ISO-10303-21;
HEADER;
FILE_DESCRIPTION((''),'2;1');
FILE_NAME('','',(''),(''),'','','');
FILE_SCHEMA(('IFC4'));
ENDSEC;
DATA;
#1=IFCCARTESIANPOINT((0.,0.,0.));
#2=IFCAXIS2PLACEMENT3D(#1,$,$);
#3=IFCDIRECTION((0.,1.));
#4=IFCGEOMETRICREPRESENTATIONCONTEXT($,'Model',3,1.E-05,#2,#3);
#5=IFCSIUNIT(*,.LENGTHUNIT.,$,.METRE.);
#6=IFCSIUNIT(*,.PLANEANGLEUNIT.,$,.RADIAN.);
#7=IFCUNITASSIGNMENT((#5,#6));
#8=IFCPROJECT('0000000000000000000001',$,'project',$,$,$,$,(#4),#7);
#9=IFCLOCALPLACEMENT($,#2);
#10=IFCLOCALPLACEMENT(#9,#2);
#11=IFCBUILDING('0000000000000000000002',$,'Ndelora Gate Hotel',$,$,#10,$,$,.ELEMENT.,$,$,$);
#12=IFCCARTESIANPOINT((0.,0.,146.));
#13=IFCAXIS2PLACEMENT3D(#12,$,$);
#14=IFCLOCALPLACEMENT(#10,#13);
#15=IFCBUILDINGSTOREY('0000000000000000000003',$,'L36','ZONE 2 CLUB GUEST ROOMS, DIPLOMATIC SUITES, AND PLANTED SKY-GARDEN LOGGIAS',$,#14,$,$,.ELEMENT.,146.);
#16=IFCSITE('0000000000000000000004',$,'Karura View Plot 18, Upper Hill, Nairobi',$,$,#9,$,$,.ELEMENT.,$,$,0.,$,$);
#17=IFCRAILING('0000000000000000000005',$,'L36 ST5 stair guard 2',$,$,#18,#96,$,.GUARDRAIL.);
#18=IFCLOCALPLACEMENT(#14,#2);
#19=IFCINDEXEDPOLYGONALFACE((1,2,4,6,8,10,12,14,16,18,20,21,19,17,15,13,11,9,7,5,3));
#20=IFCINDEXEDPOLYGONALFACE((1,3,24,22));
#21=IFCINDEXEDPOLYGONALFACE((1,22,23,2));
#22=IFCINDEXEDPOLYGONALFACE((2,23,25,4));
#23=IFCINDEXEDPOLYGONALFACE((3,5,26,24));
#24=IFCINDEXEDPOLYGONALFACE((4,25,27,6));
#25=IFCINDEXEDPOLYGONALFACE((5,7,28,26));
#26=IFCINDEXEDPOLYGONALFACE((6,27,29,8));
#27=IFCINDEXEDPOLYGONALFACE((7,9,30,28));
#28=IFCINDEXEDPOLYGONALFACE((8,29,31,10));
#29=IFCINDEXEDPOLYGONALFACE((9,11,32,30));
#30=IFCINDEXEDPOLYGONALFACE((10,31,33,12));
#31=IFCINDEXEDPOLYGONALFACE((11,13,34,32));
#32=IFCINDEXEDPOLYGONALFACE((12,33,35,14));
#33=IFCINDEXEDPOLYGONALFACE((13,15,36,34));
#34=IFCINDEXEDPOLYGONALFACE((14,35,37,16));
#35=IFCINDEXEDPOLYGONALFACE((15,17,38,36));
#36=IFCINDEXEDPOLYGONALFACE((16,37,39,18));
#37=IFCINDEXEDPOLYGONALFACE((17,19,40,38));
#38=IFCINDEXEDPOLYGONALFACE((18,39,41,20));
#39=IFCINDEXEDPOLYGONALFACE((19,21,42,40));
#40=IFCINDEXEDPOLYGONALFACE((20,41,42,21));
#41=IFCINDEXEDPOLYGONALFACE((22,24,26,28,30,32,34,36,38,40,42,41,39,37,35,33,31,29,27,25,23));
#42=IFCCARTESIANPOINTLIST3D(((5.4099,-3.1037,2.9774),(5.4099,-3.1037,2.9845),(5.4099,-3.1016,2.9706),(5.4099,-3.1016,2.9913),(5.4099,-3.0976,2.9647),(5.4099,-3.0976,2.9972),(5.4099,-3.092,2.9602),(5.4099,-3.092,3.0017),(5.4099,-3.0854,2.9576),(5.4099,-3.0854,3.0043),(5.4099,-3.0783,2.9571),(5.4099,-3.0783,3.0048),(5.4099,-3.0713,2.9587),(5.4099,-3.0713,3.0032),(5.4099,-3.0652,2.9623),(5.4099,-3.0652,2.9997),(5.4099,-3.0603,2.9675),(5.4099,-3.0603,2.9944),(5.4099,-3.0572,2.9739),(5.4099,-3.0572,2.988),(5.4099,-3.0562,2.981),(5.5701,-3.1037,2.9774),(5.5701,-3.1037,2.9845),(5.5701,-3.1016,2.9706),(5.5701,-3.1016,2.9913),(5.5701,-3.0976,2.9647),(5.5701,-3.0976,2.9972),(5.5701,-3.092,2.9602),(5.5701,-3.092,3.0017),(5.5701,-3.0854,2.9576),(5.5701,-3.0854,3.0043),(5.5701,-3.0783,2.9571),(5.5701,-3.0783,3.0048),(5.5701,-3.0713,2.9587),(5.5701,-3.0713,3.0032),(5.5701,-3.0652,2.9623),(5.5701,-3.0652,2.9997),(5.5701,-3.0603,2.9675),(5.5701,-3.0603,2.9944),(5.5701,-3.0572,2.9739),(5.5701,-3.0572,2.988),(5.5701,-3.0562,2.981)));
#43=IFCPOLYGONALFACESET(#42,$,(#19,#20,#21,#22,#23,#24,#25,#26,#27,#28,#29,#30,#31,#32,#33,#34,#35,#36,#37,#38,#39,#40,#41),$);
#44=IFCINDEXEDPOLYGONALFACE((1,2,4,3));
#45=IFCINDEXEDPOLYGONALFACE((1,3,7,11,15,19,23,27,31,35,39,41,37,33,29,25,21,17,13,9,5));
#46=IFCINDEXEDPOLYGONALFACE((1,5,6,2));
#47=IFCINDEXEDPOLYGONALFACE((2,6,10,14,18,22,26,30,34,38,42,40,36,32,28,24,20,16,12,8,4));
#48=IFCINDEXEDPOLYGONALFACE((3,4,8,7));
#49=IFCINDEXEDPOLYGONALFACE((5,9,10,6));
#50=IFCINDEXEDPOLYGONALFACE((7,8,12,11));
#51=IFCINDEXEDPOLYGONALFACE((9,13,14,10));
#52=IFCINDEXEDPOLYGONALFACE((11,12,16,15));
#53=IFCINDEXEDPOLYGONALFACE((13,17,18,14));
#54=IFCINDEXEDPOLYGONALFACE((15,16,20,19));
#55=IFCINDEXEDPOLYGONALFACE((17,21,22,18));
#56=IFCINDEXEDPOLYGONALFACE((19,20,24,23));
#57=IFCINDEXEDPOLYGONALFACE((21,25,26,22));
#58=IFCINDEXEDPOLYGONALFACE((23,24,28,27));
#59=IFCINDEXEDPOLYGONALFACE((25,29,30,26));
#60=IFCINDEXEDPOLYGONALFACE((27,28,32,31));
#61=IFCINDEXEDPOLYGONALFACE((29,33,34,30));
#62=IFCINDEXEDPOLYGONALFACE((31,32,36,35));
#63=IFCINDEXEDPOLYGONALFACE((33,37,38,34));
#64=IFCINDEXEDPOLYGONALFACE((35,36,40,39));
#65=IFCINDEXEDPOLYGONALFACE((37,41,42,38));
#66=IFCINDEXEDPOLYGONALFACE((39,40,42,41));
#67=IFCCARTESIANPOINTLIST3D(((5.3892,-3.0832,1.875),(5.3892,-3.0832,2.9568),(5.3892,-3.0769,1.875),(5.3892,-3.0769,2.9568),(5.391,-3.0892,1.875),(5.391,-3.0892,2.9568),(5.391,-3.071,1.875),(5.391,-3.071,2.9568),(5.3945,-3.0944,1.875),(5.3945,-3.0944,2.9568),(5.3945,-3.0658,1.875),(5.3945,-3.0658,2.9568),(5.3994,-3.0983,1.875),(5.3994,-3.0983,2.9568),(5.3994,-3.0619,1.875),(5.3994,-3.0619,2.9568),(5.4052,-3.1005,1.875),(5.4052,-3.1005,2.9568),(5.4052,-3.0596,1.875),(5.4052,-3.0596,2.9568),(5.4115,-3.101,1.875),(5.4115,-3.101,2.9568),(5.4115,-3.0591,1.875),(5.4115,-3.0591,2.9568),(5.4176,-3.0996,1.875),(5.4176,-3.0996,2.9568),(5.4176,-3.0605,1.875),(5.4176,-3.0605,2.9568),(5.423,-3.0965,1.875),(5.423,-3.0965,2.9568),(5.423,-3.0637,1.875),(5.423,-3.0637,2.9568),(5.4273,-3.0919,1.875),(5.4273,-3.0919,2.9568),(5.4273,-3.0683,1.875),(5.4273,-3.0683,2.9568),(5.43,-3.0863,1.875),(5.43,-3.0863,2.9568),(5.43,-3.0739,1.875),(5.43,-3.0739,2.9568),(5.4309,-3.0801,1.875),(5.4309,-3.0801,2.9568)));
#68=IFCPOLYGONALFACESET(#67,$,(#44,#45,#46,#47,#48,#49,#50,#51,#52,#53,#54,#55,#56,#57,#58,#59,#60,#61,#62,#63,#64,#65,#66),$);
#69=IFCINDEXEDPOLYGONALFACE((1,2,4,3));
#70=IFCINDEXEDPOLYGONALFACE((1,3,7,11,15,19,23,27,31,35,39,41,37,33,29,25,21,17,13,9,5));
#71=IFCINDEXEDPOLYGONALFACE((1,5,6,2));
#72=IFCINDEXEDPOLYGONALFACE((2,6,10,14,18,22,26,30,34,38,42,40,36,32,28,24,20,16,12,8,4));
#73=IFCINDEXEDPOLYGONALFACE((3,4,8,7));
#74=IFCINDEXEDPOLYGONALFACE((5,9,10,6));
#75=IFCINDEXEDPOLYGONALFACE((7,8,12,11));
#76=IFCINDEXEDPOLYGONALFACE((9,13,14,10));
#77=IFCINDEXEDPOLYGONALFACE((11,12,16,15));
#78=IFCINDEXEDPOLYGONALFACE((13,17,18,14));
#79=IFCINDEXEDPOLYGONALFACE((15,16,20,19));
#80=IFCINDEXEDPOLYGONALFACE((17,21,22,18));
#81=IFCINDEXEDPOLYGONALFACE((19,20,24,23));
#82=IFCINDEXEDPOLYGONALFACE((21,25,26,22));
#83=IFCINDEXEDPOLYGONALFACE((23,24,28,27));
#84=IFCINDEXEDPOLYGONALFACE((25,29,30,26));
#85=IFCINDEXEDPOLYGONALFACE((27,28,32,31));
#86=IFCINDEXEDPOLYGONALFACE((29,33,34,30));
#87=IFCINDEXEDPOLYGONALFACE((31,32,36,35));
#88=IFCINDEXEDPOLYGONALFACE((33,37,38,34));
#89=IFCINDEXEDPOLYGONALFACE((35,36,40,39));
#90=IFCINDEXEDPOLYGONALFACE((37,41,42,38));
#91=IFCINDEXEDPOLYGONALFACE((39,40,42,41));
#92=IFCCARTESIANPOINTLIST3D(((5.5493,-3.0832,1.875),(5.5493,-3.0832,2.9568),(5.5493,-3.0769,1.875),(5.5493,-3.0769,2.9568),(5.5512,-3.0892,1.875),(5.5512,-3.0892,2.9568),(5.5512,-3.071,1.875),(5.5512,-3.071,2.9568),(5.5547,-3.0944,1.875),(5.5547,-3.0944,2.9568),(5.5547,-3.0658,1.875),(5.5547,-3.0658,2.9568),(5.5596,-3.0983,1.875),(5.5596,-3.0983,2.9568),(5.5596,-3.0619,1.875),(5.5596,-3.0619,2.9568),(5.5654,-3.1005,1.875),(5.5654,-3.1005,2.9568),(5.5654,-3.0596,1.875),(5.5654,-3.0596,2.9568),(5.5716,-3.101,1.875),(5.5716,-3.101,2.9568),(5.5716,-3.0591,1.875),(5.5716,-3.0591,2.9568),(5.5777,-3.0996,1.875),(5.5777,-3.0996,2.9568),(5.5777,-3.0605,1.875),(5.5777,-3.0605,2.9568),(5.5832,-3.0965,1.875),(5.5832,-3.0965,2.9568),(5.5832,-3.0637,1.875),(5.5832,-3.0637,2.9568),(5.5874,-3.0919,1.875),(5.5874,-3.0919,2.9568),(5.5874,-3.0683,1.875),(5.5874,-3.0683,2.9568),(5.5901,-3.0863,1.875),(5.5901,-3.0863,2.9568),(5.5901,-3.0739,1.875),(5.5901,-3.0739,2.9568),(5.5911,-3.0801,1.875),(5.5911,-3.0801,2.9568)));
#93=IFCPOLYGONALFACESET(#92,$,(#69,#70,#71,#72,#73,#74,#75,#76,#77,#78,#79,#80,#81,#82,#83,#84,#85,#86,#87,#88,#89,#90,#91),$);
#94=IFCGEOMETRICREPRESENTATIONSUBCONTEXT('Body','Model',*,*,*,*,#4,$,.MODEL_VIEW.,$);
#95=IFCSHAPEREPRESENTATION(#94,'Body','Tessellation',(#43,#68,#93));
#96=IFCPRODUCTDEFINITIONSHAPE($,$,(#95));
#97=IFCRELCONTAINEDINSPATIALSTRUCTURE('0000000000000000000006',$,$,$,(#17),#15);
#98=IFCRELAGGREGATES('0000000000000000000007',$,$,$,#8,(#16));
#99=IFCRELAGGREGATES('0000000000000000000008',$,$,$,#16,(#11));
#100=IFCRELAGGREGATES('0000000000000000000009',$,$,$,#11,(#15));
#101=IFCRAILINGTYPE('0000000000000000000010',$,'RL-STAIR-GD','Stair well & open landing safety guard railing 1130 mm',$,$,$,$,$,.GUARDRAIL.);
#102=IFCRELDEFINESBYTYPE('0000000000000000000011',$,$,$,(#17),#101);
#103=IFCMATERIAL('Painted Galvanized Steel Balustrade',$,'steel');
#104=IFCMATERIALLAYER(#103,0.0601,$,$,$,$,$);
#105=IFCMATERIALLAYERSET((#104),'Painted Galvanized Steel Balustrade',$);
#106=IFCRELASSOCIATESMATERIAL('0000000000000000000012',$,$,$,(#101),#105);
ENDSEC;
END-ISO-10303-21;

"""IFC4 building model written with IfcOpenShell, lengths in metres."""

from ifc_helpers import new_model, si_unit, direction, frame, origin, origin_2d, place, context, subcontext, project, spatial, circle, extrude, material, layer, layer_set, type_object, element, save


model = new_model("IFC4")

# Units and contexts
model_context = context("Model", 3, precision=1e-05, world=origin(), true_north=direction((0.0, 1.0)))
body_context = subcontext(model_context, "Body", "Model", "MODEL_VIEW")
ifc_project = project(units=[si_unit("LENGTHUNIT", "METRE"), si_unit("PLANEANGLEUNIT", "RADIAN")], contexts=[model_context])

# Site, building, storey
site_placement = place(None, origin())
site = spatial("IfcSite", under=ifc_project, at=site_placement, Name="Karura View Plot 18, Upper Hill, Nairobi", CompositionType="ELEMENT", RefElevation=0.0)
building_placement = place(site_placement, origin())
building = spatial("IfcBuilding", under=site, at=building_placement, Name="Ndelora Gate Hotel", CompositionType="ELEMENT")
storey_placement = place(building_placement, frame((0.0, 0.0, 146.0)))
storey = spatial("IfcBuildingStorey", under=building, at=storey_placement, Name="L36", Description="ZONE 2 CLUB GUEST ROOMS, DIPLOMATIC SUITES, AND PLANTED SKY-GARDEN LOGGIAS", CompositionType="ELEMENT", Elevation=146.0)

# Railing
ifc_material_1 = material(Name="Painted Galvanized Steel Balustrade", Category="steel")
ifc_layer_1 = layer(ifc_material_1, 0.0601)
ifc_layer_set_1 = layer_set([ifc_layer_1], Name="Painted Galvanized Steel Balustrade")
railing_type_1 = type_object("IfcRailingType", Name="RL-STAIR-GD", Description="Stair well & open landing safety guard railing 1130 mm", PredefinedType="GUARDRAIL", material=ifc_layer_set_1)
railing_1_placement = place(storey_placement, frame((5.4099, -3.0801, 1.875)))
element("IfcRailing", 1, at=railing_1_placement, inside=storey, type_object=railing_type_1, Name="L36 ST5 stair guard 2", PredefinedType="GUARDRAIL", context=body_context, shape_type="SweptSolid", body=[
    extrude(circle(Radius=0.0239, at=origin_2d()), frame((0.0, 0.0, 1.106), z_axis=(1.0, 0.0, 0.0), x_axis=(0.0, 1.0, 0.0)), (0.0, 0.0, 1.0), 0.1602),
    extrude(circle(Radius=0.021, at=origin_2d()), origin(), (0.0, 0.0, 1.0), 1.0818),
    extrude(circle(Radius=0.021, at=origin_2d()), frame((0.1602, 0.0, 0.0)), (0.0, 0.0, 1.0), 1.0818),
])

save(model, "model.ifc")
